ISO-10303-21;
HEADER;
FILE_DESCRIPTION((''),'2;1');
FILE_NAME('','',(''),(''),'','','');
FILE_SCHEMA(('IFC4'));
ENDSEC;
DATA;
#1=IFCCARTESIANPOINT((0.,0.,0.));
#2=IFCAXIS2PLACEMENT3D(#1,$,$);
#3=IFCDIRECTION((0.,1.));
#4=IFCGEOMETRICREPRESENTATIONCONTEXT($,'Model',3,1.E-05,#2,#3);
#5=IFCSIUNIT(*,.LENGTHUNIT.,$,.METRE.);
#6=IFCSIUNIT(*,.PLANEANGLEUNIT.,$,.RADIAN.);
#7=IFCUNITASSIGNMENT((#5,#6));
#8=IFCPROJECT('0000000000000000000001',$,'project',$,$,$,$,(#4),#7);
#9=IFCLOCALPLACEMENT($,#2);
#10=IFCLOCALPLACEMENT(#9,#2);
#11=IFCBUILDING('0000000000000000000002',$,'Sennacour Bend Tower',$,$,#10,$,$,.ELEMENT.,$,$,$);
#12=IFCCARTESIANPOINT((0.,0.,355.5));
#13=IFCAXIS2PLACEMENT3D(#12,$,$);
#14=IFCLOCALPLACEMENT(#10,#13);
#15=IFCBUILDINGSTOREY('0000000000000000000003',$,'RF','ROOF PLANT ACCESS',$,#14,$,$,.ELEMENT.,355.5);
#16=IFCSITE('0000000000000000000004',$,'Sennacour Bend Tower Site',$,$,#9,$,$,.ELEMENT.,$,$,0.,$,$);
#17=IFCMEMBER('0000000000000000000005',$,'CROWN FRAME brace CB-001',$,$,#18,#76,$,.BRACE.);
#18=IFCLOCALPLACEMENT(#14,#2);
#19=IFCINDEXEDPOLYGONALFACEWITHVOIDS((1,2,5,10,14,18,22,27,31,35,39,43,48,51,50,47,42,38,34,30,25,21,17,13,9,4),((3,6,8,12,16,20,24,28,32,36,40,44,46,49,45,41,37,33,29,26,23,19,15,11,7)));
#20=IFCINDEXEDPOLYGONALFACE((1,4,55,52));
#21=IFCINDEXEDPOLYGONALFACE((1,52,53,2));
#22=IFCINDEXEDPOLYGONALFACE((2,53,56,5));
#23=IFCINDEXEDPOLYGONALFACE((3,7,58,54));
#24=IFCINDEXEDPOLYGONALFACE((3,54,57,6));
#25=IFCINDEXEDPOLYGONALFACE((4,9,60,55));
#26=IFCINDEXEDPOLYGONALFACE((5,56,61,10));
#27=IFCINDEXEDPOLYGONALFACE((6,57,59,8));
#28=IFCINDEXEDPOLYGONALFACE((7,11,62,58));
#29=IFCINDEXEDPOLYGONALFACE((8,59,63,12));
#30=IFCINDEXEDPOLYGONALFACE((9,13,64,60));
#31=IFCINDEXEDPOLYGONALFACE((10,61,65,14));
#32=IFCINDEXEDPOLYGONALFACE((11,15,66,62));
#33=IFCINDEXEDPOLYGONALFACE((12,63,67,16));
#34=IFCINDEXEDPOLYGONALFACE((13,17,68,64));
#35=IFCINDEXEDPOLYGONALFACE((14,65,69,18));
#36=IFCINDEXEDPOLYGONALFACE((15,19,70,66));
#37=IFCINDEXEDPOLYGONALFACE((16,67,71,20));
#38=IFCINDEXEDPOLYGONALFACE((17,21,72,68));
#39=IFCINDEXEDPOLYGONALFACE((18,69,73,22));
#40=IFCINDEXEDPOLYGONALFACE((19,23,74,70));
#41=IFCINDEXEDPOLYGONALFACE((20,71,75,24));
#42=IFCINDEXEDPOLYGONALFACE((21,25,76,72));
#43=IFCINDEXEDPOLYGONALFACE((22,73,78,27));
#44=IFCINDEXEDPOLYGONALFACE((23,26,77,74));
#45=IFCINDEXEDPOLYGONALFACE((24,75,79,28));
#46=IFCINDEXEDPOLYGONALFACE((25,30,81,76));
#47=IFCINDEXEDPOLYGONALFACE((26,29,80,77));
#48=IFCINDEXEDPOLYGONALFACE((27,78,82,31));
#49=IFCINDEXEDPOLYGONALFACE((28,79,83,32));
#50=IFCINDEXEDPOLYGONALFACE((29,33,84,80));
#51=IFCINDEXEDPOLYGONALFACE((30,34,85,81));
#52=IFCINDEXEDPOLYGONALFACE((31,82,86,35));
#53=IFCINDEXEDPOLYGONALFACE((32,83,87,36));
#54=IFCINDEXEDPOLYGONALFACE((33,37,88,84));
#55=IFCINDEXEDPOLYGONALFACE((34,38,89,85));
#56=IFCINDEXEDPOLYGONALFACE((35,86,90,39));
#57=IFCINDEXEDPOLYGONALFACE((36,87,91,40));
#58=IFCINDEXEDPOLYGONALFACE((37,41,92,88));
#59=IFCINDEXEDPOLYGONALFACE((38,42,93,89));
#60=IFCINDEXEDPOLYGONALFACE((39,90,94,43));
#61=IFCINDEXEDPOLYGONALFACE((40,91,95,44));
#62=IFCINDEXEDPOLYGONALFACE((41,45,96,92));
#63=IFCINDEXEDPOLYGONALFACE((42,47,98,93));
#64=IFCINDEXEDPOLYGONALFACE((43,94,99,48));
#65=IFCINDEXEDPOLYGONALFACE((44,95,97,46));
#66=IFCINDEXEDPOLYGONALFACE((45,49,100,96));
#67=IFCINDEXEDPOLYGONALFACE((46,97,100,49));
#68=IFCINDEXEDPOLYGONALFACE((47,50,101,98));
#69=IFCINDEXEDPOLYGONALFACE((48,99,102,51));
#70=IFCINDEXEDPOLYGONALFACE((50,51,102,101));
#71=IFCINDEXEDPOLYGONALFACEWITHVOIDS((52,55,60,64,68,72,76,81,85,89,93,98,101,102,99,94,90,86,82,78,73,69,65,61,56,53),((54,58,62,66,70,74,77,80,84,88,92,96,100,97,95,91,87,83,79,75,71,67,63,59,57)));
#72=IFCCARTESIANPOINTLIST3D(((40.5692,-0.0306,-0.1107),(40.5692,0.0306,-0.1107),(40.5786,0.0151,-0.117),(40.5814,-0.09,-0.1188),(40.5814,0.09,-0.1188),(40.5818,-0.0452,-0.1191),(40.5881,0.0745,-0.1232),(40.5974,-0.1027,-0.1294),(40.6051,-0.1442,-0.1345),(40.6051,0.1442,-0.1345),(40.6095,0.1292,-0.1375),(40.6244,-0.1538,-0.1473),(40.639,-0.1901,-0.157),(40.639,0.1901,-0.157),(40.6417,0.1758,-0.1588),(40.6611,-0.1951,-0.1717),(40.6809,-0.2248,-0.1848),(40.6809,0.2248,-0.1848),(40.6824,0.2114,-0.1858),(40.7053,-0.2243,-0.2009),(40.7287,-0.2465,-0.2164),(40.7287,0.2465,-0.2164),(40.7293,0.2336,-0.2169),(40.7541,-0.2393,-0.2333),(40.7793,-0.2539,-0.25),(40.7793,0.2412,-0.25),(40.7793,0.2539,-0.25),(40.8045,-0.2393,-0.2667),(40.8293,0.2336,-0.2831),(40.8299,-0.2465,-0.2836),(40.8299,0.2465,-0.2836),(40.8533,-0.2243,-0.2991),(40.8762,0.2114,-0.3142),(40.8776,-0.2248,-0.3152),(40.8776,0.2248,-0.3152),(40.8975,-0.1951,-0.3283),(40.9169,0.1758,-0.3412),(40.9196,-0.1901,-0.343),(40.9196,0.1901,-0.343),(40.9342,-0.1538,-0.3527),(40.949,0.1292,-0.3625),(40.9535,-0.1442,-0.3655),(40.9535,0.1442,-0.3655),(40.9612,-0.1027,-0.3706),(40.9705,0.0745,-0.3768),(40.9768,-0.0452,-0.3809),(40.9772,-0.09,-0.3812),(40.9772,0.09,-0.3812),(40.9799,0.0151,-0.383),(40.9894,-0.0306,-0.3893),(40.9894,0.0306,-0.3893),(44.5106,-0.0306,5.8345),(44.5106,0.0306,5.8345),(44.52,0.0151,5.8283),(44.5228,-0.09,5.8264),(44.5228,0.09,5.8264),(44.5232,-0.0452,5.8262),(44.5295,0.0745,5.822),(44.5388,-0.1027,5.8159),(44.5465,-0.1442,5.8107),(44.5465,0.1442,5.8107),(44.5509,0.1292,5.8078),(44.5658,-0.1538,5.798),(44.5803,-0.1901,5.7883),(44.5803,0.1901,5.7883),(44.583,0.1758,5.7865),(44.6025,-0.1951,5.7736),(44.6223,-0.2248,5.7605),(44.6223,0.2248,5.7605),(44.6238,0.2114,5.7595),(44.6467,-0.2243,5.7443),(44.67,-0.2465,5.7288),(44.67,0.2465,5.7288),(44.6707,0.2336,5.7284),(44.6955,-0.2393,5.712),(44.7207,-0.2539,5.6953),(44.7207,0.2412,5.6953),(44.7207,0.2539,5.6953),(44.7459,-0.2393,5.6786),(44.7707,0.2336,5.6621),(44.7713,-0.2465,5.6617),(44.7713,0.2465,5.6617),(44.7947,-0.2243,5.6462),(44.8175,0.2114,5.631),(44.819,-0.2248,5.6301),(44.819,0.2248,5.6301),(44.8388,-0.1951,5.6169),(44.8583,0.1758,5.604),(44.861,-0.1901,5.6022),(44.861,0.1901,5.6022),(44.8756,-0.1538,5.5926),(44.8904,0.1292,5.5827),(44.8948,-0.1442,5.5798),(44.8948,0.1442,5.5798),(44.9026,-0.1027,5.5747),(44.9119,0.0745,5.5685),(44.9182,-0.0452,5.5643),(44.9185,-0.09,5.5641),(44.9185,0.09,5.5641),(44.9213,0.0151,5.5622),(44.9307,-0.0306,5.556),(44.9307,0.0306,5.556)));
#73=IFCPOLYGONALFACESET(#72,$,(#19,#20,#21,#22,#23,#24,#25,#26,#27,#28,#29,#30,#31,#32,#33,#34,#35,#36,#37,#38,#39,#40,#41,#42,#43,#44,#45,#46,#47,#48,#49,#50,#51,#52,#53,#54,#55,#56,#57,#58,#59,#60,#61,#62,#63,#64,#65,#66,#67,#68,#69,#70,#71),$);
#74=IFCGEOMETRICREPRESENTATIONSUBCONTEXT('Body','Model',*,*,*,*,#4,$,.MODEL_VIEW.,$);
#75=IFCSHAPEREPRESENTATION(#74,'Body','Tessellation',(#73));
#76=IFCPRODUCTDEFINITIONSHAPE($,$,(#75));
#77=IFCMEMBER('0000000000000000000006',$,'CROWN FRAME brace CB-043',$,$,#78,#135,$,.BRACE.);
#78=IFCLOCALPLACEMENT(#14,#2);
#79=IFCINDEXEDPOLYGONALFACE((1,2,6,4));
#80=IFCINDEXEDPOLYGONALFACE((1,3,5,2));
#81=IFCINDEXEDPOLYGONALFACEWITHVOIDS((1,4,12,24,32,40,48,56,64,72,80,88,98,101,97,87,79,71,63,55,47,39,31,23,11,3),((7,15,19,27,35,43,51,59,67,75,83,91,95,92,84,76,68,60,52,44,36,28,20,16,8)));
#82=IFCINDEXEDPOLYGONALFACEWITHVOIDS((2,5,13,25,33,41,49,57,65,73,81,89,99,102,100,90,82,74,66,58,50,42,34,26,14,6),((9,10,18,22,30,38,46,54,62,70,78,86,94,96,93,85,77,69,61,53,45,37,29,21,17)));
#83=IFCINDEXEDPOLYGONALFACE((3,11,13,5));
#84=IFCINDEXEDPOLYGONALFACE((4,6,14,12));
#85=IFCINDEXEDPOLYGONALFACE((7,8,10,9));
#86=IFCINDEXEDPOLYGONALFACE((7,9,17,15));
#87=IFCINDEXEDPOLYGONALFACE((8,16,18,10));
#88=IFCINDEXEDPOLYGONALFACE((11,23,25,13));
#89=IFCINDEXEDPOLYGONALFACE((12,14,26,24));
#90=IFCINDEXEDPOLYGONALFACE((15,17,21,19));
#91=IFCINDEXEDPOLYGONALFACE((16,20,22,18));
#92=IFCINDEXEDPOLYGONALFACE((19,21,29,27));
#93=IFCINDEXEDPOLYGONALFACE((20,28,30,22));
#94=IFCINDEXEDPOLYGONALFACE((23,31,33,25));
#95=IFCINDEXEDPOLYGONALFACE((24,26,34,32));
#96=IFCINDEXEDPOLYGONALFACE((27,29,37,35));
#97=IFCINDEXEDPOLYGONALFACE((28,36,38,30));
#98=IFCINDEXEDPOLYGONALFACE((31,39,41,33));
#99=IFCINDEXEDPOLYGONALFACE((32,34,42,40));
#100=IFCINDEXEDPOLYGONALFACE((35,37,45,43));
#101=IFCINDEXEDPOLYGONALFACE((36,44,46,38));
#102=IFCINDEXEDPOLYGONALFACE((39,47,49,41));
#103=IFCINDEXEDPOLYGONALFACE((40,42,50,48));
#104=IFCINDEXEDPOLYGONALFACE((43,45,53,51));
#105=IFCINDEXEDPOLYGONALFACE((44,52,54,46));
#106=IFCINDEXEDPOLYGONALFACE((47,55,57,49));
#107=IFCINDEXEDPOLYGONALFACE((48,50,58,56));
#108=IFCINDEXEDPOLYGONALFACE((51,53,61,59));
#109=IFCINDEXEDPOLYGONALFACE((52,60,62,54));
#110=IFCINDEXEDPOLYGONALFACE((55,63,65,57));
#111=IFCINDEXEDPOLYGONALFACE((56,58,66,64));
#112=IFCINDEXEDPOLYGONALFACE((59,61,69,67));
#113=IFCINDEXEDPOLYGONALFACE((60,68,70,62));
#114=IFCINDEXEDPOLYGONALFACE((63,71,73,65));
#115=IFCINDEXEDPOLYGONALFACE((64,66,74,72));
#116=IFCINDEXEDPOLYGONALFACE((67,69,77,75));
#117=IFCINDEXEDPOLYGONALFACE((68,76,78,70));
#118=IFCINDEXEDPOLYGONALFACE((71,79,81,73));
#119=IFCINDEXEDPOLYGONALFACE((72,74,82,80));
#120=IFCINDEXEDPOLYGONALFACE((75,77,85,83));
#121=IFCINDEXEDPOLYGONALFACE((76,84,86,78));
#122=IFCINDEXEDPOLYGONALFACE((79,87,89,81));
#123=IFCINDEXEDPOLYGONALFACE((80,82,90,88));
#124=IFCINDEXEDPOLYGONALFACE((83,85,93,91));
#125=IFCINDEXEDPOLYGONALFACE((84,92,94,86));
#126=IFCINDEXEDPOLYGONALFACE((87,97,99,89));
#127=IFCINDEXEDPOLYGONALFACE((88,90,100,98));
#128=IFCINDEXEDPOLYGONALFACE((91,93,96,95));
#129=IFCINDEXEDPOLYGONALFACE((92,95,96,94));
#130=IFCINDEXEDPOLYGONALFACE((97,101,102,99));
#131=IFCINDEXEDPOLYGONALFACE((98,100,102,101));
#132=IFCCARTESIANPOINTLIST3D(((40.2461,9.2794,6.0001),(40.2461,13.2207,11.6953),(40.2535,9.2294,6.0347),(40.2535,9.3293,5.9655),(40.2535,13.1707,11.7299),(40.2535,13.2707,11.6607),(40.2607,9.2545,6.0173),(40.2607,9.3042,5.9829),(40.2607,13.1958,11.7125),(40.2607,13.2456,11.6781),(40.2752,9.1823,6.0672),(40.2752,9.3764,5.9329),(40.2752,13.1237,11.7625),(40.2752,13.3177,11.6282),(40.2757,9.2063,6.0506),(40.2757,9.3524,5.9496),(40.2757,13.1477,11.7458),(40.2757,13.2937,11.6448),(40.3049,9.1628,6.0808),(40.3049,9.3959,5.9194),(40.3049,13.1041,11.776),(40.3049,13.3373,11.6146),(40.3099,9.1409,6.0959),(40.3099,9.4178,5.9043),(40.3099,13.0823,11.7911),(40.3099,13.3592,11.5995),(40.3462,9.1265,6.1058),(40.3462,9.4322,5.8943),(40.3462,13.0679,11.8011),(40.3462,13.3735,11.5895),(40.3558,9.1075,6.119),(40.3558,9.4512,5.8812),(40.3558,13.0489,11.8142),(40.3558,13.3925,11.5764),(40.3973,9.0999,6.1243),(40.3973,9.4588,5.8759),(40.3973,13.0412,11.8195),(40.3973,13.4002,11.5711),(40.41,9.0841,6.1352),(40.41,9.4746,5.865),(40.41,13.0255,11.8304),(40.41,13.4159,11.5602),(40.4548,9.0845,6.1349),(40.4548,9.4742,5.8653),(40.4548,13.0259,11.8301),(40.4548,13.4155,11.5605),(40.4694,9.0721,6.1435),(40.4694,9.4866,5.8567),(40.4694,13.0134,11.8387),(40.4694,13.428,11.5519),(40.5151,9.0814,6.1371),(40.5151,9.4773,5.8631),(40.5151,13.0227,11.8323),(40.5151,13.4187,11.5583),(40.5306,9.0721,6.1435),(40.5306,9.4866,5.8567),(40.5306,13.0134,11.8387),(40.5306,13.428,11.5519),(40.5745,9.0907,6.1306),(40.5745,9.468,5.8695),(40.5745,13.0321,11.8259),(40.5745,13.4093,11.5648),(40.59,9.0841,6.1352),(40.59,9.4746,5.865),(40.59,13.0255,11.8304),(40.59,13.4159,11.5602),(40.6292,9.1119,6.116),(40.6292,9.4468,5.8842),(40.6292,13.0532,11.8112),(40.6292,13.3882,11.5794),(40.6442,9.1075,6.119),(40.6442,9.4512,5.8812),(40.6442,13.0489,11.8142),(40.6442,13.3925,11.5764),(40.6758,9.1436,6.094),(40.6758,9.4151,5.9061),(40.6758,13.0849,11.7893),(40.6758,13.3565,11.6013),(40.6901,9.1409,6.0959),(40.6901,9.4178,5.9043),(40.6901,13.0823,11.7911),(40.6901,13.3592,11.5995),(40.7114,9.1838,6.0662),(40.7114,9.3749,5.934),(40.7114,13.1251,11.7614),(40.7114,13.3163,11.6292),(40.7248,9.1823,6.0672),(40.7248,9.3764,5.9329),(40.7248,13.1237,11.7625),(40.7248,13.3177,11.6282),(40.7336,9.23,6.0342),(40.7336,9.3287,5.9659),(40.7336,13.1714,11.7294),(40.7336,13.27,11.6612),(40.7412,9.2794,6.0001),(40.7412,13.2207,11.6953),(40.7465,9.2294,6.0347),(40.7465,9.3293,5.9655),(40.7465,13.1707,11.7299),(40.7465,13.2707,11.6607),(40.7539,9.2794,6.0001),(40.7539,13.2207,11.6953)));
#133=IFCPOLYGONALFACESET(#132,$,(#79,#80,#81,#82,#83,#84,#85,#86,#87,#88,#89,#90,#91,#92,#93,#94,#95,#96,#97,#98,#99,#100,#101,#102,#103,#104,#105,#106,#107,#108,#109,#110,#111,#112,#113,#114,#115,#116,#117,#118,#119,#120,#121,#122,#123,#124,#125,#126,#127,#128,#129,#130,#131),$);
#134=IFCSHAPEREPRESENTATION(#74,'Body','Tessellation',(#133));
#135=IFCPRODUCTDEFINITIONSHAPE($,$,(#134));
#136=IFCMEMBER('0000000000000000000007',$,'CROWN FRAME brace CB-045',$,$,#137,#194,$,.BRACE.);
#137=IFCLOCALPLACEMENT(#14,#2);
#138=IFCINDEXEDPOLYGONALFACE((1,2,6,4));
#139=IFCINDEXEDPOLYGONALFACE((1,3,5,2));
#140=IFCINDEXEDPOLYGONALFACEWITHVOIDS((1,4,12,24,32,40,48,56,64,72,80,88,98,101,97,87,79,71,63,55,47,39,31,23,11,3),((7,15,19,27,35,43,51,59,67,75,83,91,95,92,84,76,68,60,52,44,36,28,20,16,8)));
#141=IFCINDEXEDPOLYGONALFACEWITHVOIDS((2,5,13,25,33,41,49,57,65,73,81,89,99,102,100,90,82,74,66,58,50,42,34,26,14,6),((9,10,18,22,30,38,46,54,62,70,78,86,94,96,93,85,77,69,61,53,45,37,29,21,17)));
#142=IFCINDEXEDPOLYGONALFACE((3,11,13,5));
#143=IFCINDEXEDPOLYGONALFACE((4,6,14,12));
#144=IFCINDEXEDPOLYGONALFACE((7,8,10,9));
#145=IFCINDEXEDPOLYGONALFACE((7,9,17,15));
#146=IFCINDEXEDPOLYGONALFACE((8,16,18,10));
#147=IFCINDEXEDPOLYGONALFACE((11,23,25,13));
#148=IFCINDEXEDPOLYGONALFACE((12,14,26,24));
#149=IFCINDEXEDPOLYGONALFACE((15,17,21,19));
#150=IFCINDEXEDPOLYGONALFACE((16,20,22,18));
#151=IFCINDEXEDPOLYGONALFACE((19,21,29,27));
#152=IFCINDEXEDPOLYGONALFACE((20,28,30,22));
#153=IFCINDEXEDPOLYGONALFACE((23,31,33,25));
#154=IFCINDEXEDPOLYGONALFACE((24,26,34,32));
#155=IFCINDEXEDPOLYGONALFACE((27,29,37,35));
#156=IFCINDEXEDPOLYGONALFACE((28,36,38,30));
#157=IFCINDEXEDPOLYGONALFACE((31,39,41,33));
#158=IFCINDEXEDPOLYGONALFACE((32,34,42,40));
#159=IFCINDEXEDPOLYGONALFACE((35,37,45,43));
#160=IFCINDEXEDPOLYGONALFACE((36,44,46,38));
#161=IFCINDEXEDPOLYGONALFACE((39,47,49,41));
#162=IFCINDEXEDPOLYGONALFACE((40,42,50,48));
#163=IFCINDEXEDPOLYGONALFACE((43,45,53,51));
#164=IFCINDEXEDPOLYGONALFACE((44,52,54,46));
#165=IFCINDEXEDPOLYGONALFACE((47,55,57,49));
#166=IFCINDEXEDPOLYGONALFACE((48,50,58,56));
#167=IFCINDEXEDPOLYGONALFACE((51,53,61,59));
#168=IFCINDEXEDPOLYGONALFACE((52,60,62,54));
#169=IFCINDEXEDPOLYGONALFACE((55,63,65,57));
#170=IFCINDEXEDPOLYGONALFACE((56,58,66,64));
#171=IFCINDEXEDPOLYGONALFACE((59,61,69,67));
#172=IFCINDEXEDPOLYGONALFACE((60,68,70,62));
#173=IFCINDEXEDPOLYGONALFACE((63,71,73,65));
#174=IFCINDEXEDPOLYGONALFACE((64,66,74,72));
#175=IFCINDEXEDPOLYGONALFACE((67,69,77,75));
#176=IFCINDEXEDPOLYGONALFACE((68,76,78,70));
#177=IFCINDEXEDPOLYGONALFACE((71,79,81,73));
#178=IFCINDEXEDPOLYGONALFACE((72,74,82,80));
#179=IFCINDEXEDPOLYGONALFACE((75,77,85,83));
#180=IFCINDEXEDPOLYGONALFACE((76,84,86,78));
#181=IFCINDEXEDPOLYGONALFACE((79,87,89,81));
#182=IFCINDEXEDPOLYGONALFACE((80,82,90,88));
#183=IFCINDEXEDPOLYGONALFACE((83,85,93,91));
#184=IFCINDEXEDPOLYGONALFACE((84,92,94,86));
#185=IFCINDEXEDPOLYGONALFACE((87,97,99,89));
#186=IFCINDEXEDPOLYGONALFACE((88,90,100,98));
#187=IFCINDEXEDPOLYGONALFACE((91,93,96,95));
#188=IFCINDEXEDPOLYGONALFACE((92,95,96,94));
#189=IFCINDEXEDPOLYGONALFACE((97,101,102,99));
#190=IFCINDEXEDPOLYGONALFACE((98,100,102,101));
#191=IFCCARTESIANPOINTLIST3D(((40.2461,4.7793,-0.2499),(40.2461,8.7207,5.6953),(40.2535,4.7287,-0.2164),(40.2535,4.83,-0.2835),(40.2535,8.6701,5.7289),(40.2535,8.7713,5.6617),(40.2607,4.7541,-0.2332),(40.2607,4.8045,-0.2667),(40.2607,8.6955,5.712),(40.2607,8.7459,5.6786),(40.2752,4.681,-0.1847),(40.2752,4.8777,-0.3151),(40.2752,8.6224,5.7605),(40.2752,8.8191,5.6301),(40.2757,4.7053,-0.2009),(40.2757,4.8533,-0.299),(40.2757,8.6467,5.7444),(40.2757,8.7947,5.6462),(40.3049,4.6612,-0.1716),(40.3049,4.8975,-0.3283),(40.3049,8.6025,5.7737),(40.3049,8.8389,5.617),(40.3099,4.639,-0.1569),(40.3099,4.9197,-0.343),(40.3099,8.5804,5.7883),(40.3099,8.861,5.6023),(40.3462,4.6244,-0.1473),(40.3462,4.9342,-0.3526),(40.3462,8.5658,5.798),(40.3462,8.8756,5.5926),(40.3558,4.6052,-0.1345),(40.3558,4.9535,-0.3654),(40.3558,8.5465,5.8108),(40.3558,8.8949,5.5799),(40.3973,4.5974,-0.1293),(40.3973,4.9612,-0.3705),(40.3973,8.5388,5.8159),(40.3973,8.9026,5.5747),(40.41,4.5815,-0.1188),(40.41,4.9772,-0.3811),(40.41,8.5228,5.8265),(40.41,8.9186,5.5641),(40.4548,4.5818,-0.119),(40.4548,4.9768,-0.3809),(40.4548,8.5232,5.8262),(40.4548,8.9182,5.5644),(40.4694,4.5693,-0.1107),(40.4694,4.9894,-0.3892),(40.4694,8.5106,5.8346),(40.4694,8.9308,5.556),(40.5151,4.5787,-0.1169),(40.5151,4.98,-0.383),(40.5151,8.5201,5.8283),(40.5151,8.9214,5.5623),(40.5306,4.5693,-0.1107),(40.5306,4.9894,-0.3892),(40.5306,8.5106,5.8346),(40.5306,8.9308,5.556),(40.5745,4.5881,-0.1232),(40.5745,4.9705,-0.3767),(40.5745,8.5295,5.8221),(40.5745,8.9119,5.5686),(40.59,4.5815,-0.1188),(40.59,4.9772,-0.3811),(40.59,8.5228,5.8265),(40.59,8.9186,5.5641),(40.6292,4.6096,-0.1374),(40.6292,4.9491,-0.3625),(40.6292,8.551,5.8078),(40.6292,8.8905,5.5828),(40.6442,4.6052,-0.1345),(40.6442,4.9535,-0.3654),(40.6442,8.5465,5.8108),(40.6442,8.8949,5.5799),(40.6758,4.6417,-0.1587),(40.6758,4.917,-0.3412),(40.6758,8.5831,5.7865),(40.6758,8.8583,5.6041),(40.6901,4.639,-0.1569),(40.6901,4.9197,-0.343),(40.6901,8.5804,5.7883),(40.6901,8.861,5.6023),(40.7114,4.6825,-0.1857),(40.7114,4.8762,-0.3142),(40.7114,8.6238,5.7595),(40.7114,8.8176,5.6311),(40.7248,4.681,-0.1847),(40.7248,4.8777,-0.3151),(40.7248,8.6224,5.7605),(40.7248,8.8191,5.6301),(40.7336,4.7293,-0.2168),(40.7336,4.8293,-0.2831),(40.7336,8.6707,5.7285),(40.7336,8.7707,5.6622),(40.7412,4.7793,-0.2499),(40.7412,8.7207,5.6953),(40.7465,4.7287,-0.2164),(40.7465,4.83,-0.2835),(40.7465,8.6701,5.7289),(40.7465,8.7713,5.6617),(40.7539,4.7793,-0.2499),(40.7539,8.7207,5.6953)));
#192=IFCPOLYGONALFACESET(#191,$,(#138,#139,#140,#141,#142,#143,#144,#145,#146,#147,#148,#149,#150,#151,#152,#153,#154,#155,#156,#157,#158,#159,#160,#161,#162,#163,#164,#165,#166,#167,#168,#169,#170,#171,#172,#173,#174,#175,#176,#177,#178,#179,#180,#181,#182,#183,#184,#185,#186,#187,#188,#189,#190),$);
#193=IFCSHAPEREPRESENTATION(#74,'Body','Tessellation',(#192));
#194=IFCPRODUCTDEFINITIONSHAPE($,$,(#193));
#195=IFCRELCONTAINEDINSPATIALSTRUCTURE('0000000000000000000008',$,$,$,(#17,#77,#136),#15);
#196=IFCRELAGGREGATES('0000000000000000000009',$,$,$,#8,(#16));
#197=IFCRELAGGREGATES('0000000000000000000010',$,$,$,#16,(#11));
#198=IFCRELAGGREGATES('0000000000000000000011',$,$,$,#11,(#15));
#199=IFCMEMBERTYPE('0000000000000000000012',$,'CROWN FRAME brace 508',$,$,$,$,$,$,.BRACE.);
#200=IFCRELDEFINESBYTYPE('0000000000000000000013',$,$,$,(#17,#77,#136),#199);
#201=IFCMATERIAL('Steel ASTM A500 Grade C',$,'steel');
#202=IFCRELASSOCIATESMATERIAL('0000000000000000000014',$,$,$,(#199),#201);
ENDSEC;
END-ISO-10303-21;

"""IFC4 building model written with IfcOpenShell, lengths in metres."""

from ifc_helpers import new_model, si_unit, direction, frame, origin, origin_2d, place, context, subcontext, project, spatial, hollow_circle, extrude, material, material_profile, profile_set, type_object, element, save


model = new_model("IFC4")

# Units and contexts
model_context = context("Model", 3, precision=1e-05, world=origin(), true_north=direction((0.0, 1.0)))
body_context = subcontext(model_context, "Body", "Model", "MODEL_VIEW")
ifc_project = project(units=[si_unit("LENGTHUNIT", "METRE"), si_unit("PLANEANGLEUNIT", "RADIAN")], contexts=[model_context])

# Site, building, storey
site_placement = place(None, origin())
site = spatial("IfcSite", under=ifc_project, at=site_placement, Name="Sennacour Bend Tower Site", CompositionType="ELEMENT", RefElevation=0.0)
building_placement = place(site_placement, origin())
building = spatial("IfcBuilding", under=site, at=building_placement, Name="Sennacour Bend Tower", CompositionType="ELEMENT")
storey_placement = place(building_placement, frame((0.0, 0.0, 355.5)))
storey = spatial("IfcBuildingStorey", under=building, at=storey_placement, Name="RF", Description="ROOF PLANT ACCESS", CompositionType="ELEMENT", Elevation=355.5)

# Members
ifc_material_1 = material(Name="Steel ASTM A500 Grade C", Category="steel")
ifc_material_profile_1 = material_profile(ifc_material_1, hollow_circle(Radius=0.2539, WallThickness=0.0127, at=origin_2d()), Name="Steel ASTM A500 Grade C", Category="steel")
ifc_profile_set_1 = profile_set([ifc_material_profile_1], Name="Steel ASTM A500 Grade C")
member_type_1 = type_object("IfcMemberType", Name="CROWN FRAME brace 508", PredefinedType="BRACE", material=ifc_profile_set_1)
member_1_placement = place(storey_placement, frame((40.7793, 0.0, -0.25), z_axis=(0.55255, 0.0, 0.83348), x_axis=(0.0, 1.0, 0.0)))
element("IfcMember", 1, at=member_1_placement, inside=storey, type_object=member_type_1, Name="CROWN FRAME brace CB-001", PredefinedType="BRACE", context=body_context, shape_type="SweptSolid", body=[
    extrude(hollow_circle(Radius=0.2539, WallThickness=0.0127, at=origin_2d()), origin(), (0.0, 0.0, 1.0), 7.1331),
])
member_2_placement = place(storey_placement, frame((40.5, 13.2207, 11.6953), z_axis=(0.0, -0.569063, -0.822294), x_axis=(1.0, 0.0, 0.0)))
element("IfcMember", 2, at=member_2_placement, inside=storey, type_object=member_type_1, Name="CROWN FRAME brace CB-043", PredefinedType="BRACE", context=body_context, shape_type="SweptSolid", body=[
    extrude(hollow_circle(Radius=0.2539, WallThickness=0.0127, at=origin_2d()), origin(), (0.0, 0.0, 1.0), 6.926),
])
member_3_placement = place(storey_placement, frame((40.5, 8.7207, 5.6953), z_axis=(0.0, -0.55255, -0.83348), x_axis=(1.0, 0.0, 0.0)))
element("IfcMember", 3, at=member_3_placement, inside=storey, type_object=member_type_1, Name="CROWN FRAME brace CB-045", PredefinedType="BRACE", context=body_context, shape_type="SweptSolid", body=[
    extrude(hollow_circle(Radius=0.2539, WallThickness=0.0127, at=origin_2d()), origin(), (0.0, 0.0, 1.0), 7.1331),
])

save(model, "model.ifc")
